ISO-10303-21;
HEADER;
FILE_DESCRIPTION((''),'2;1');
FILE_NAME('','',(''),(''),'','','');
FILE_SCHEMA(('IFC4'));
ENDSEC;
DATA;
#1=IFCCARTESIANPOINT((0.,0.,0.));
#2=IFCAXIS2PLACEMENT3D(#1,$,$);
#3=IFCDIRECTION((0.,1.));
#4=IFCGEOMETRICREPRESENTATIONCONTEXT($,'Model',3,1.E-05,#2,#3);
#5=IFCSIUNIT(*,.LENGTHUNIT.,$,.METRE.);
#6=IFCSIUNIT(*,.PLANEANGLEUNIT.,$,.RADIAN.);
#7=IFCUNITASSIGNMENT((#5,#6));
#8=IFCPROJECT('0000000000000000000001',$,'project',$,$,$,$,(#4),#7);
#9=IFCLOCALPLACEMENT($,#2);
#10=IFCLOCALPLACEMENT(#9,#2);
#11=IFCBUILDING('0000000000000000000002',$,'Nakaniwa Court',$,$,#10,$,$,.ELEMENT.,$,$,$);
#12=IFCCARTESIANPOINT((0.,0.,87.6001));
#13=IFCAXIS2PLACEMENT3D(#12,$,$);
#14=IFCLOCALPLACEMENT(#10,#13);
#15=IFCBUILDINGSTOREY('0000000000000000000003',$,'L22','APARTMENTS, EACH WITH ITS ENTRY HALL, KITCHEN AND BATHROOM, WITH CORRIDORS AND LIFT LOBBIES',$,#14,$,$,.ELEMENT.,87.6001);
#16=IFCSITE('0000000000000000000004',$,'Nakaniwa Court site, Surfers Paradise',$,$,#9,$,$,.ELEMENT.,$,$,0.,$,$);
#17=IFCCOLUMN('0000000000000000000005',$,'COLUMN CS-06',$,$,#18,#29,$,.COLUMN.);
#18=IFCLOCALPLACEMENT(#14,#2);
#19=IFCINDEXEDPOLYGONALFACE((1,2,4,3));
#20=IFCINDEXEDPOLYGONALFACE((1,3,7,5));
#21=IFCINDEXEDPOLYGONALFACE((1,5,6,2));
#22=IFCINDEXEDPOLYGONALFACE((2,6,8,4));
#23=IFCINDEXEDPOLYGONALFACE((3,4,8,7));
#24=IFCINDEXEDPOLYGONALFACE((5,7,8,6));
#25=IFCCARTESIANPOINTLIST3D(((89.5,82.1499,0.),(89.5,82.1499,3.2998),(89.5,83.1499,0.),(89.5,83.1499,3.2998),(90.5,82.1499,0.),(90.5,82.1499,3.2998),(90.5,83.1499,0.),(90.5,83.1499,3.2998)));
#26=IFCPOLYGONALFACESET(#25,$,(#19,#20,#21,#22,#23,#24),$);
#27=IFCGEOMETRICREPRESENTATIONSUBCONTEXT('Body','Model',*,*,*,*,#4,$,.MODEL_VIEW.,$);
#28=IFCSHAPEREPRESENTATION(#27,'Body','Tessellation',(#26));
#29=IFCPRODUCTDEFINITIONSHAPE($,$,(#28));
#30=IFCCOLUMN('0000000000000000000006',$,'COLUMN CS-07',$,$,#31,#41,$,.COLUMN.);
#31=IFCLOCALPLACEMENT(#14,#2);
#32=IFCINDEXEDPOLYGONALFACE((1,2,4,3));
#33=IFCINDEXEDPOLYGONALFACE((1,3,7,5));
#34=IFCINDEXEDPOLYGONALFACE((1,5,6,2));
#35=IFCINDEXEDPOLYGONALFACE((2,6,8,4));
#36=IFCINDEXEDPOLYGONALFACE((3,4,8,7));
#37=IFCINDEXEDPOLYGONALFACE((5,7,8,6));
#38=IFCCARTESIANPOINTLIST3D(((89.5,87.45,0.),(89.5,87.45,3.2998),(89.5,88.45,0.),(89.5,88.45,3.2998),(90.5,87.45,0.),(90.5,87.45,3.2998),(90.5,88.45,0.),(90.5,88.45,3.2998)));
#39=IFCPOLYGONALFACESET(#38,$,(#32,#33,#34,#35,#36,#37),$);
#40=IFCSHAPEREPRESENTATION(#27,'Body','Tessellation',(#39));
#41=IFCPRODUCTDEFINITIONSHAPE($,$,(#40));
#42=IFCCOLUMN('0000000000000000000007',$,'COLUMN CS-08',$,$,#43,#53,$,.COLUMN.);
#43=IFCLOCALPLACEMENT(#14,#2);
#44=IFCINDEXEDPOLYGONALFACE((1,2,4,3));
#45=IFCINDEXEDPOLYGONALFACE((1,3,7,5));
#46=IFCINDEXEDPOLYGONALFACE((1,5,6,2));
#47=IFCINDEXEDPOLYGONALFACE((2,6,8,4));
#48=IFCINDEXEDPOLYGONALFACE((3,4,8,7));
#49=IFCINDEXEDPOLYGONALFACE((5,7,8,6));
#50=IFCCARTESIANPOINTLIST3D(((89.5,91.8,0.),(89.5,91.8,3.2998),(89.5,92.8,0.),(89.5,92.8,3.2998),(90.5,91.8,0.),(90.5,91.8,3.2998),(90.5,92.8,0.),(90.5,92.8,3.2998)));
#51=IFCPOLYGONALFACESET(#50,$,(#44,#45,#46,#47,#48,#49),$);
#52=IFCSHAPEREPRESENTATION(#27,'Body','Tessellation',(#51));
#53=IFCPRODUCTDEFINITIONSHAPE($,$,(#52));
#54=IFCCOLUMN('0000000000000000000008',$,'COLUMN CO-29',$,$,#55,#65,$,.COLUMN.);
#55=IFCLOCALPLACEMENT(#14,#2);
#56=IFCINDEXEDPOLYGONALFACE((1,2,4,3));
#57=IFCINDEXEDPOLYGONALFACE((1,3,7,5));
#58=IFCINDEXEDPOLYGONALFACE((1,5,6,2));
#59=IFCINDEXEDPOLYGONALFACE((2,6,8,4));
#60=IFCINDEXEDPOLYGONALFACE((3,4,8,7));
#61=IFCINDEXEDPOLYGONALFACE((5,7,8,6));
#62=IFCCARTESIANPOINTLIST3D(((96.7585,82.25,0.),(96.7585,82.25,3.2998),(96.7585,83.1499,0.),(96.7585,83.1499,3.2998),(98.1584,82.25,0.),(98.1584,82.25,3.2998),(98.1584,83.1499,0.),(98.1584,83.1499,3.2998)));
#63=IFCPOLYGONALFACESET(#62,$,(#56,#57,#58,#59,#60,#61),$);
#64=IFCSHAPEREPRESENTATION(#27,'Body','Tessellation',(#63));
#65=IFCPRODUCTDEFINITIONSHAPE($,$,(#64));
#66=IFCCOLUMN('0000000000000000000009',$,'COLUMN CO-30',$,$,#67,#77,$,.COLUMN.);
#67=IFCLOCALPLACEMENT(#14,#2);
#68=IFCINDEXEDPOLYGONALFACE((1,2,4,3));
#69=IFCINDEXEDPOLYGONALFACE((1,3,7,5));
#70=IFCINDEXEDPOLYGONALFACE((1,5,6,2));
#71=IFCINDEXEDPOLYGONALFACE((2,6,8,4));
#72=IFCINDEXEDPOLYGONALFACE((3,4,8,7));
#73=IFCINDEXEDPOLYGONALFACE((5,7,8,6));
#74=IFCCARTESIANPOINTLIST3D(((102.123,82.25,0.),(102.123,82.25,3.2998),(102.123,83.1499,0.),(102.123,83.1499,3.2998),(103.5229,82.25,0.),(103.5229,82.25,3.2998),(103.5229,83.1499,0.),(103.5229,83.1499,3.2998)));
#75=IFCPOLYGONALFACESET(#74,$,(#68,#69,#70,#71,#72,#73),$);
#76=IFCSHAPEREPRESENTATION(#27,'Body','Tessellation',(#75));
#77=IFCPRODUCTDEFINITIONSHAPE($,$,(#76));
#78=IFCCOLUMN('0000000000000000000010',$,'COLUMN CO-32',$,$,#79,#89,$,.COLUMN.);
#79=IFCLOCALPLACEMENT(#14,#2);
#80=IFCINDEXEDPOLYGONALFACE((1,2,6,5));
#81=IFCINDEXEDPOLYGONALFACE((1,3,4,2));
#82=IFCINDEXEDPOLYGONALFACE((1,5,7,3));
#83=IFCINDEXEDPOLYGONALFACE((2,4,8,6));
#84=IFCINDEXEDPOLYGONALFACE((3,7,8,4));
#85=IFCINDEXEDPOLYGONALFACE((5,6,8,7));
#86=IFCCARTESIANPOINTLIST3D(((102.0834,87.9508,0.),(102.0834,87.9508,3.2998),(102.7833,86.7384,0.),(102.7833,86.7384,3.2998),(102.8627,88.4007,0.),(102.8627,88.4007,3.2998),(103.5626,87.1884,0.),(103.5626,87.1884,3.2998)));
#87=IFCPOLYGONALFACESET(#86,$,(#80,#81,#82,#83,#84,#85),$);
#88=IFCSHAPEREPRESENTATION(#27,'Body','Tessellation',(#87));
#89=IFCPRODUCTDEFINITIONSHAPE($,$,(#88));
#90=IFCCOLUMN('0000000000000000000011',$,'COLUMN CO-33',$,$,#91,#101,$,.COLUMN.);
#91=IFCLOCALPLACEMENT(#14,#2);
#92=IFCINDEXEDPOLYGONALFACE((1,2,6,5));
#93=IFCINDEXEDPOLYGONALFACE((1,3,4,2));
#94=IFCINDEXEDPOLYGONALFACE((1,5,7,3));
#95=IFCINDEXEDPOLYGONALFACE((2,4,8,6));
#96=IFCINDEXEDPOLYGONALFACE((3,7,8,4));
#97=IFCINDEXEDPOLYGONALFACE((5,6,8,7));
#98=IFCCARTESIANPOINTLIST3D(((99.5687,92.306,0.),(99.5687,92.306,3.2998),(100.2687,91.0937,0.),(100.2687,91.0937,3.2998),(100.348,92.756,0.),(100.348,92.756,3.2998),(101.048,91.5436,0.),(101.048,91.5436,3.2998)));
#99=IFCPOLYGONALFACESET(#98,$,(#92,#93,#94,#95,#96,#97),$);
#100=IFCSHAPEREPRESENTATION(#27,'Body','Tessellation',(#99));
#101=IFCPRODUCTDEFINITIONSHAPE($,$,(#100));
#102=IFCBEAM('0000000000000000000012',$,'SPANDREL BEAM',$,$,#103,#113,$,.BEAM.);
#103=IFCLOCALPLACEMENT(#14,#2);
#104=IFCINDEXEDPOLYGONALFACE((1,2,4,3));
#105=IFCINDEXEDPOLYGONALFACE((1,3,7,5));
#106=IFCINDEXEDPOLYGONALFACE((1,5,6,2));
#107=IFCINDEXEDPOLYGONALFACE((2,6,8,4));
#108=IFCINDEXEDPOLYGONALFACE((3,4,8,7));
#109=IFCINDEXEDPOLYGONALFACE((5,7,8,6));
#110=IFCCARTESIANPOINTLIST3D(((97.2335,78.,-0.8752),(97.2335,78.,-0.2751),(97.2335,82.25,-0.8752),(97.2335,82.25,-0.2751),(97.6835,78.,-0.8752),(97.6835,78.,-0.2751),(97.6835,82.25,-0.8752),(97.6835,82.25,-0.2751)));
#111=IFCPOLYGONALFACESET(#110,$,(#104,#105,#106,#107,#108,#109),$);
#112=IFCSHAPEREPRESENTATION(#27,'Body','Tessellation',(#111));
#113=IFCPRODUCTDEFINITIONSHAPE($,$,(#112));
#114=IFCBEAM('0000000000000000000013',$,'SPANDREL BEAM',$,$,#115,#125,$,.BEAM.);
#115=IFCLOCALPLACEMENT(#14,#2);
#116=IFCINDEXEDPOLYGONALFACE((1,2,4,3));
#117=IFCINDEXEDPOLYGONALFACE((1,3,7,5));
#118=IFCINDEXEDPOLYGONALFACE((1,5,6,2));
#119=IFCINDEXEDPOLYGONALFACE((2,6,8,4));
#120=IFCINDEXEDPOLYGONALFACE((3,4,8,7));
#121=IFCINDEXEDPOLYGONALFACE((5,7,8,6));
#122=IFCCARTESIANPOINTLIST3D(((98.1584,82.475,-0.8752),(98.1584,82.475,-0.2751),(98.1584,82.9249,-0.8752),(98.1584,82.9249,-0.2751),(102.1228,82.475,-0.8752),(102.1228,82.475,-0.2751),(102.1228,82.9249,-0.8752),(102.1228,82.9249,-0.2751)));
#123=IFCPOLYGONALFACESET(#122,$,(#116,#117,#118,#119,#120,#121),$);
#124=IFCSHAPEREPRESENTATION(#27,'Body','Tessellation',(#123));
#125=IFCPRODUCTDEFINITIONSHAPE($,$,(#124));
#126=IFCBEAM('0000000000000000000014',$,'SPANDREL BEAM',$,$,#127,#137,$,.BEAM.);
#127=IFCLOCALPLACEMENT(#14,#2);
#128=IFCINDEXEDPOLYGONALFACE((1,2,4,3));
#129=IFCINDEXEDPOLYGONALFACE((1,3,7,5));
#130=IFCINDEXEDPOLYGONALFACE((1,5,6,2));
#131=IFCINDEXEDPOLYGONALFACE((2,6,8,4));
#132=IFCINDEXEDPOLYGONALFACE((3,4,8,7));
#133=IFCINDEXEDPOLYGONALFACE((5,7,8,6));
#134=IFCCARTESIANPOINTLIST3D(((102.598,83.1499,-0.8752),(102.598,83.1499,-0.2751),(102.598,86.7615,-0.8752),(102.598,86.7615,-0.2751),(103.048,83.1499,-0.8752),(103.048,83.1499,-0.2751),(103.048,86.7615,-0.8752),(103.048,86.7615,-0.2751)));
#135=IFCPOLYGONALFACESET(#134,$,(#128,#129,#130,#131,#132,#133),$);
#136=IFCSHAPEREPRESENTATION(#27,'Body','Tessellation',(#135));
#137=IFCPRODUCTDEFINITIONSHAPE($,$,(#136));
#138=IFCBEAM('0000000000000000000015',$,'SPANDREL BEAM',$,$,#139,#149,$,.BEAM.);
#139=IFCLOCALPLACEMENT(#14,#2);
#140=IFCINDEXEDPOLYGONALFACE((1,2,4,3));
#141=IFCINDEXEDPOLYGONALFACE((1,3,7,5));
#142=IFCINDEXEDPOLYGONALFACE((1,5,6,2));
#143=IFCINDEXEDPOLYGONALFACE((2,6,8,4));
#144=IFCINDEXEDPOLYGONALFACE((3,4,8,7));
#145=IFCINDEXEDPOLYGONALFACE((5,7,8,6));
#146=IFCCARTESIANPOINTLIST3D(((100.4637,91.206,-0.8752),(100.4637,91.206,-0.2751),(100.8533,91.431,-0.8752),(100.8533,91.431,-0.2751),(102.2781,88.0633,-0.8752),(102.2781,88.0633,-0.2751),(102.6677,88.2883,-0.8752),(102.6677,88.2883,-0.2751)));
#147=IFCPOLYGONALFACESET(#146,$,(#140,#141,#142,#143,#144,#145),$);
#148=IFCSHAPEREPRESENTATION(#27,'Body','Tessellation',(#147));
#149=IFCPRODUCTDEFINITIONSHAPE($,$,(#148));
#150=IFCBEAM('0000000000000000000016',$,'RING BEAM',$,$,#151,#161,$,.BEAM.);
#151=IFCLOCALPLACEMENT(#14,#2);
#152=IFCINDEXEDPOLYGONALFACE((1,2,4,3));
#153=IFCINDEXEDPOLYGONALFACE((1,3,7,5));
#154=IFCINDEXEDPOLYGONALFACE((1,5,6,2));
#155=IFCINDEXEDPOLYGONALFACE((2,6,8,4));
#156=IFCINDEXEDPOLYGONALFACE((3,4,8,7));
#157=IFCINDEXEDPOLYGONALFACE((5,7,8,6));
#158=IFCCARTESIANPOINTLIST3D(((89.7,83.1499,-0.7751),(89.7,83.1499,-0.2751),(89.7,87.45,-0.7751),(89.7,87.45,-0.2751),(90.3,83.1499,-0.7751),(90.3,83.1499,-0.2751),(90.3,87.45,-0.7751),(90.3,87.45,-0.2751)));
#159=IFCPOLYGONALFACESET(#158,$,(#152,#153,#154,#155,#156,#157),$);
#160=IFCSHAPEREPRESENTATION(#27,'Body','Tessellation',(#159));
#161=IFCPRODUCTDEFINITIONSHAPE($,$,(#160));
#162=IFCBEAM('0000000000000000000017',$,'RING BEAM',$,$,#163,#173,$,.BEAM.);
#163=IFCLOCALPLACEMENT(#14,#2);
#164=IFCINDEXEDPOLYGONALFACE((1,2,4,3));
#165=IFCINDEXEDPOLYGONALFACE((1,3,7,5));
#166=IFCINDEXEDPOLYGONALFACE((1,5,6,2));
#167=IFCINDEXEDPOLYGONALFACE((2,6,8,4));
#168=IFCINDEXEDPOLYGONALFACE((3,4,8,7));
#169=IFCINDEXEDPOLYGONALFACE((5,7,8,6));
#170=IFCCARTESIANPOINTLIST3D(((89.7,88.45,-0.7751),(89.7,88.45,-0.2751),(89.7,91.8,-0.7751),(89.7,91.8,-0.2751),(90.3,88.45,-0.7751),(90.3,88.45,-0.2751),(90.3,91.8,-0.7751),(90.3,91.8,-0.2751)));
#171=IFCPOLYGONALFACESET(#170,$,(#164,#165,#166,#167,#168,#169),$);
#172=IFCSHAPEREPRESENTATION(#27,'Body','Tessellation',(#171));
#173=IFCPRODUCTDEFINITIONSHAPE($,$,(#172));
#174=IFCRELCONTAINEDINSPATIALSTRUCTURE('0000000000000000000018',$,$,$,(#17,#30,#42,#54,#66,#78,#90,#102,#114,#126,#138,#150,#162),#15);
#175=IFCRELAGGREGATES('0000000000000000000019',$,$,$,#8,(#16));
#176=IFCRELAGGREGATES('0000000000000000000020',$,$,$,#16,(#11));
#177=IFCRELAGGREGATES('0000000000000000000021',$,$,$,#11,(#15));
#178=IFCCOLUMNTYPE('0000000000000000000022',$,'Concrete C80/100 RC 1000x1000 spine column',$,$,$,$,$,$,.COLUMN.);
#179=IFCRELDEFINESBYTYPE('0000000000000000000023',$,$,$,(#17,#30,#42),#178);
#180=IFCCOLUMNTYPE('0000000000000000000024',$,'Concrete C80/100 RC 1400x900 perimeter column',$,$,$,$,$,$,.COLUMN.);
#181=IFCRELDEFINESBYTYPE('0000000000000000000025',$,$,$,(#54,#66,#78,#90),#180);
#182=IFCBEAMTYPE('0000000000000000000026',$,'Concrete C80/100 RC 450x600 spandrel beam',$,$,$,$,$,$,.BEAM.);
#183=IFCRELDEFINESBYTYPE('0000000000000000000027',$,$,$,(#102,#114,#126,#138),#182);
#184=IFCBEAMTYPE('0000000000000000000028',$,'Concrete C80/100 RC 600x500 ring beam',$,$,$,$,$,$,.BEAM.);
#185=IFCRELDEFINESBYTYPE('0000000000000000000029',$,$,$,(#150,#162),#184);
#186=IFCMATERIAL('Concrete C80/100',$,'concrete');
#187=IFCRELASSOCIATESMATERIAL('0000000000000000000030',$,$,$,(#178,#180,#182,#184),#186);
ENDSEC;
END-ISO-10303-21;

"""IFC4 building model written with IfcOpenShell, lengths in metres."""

from ifc_helpers import new_model, si_unit, direction, frame, origin, origin_2d, place, context, subcontext, project, spatial, rectangle, extrude, material, material_profile, profile_set, type_object, element, save


model = new_model("IFC4")

# Units and contexts
model_context = context("Model", 3, precision=1e-05, world=origin(), true_north=direction((0.0, 1.0)))
body_context = subcontext(model_context, "Body", "Model", "MODEL_VIEW")
ifc_project = project(units=[si_unit("LENGTHUNIT", "METRE"), si_unit("PLANEANGLEUNIT", "RADIAN")], contexts=[model_context])

# Site, building, storey
site_placement = place(None, origin())
site = spatial("IfcSite", under=ifc_project, at=site_placement, Name="Nakaniwa Court site, Surfers Paradise", CompositionType="ELEMENT", RefElevation=0.0)
building_placement = place(site_placement, origin())
building = spatial("IfcBuilding", under=site, at=building_placement, Name="Nakaniwa Court", CompositionType="ELEMENT")
storey_placement = place(building_placement, frame((0.0, 0.0, 87.6001)))
storey = spatial("IfcBuildingStorey", under=building, at=storey_placement, Name="L22", Description="APARTMENTS, EACH WITH ITS ENTRY HALL, KITCHEN AND BATHROOM, WITH CORRIDORS AND LIFT LOBBIES", CompositionType="ELEMENT", Elevation=87.6001)

# Columns
ifc_material_1 = material(Name="Concrete C80/100", Category="concrete")
ifc_material_profile_1 = material_profile(ifc_material_1, rectangle(XDim=1.0, YDim=1.0, at=origin_2d()), Name="Concrete C80/100 RC 1000x1000 spine column")
ifc_profile_set_1 = profile_set([ifc_material_profile_1], Name="Concrete C80/100")
column_type_1 = type_object("IfcColumnType", Name="Concrete C80/100 RC 1000x1000 spine column", PredefinedType="COLUMN", material=ifc_profile_set_1)
for number, where, z_axis, x_axis, name in (
    (1, (90.0, 82.6499, 0.0), (0.0, 0.0, 1.0), (0.0, 1.0, 0.0), "COLUMN CS-06"),
    (2, (90.0, 87.95, 0.0), (0.0, 0.0, 1.0), (0.0, 1.0, 0.0), "COLUMN CS-07"),
    (3, (90.0, 92.3, 0.0), (0.0, 0.0, 1.0), (0.0, 1.0, 0.0), "COLUMN CS-08"),
):
    element("IfcColumn", number, at=place(storey_placement, frame(where, z_axis=z_axis, x_axis=x_axis)), inside=storey, type_object=column_type_1, Name=name, PredefinedType="COLUMN", context=body_context, shape_type="SweptSolid", body=[
        extrude(rectangle(XDim=1.0, YDim=1.0, at=origin_2d()), origin(), (0.0, 0.0, 1.0), 3.2998),
    ])
ifc_material_profile_2 = material_profile(ifc_material_1, rectangle(XDim=1.3999, YDim=0.8999, at=origin_2d()), Name="Concrete C80/100 RC 1400x900 perimeter column")
ifc_profile_set_2 = profile_set([ifc_material_profile_2], Name="Concrete C80/100")
column_type_2 = type_object("IfcColumnType", Name="Concrete C80/100 RC 1400x900 perimeter column", PredefinedType="COLUMN", material=ifc_profile_set_2)
for number, where, z_axis, x_axis, name in (
    (4, (97.4585, 82.7, 0.0), (0.0, 0.0, 1.0), (1.0, 0.0, 0.0), "COLUMN CO-29"),
    (5, (102.823, 82.7, 0.0), (0.0, 0.0, 1.0), (1.0, 0.0, 0.0), "COLUMN CO-30"),
    (6, (102.823, 87.5696, 0.0), (0.0, 0.0, 1.0), (-0.5, 0.866025, 0.0), "COLUMN CO-32"),
    (7, (100.3083, 91.9248, 0.0), (0.0, 0.0, 1.0), (-0.5, 0.866025, 0.0), "COLUMN CO-33"),
):
    element("IfcColumn", number, at=place(storey_placement, frame(where, z_axis=z_axis, x_axis=x_axis)), inside=storey, type_object=column_type_2, Name=name, PredefinedType="COLUMN", context=body_context, shape_type="SweptSolid", body=[
        extrude(rectangle(XDim=1.3999, YDim=0.8999, at=origin_2d()), origin(), (0.0, 0.0, 1.0), 3.2998),
    ])

# Beams
ifc_material_profile_3 = material_profile(ifc_material_1, rectangle(XDim=0.45, YDim=0.6001, at=origin_2d()), Name="Concrete C80/100 RC 450x600 spandrel beam")
ifc_profile_set_3 = profile_set([ifc_material_profile_3], Name="Concrete C80/100")
beam_type_1 = type_object("IfcBeamType", Name="Concrete C80/100 RC 450x600 spandrel beam", PredefinedType="BEAM", material=ifc_profile_set_3)
beam_1_placement = place(storey_placement, frame((97.4585, 78.0, -0.5752), z_axis=(0.0, 1.0, 0.0), x_axis=(-1.0, 0.0, 0.0)))
element("IfcBeam", 8, at=beam_1_placement, inside=storey, type_object=beam_type_1, Name="SPANDREL BEAM", PredefinedType="BEAM", context=body_context, shape_type="SweptSolid", body=[
    extrude(rectangle(XDim=0.45, YDim=0.6001, at=origin_2d()), origin(), (0.0, 0.0, 1.0), 4.25),
])
beam_2_placement = place(storey_placement, frame((98.1584, 82.7, -0.5752), z_axis=(1.0, 0.0, 0.0), x_axis=(0.0, 1.0, 0.0)))
element("IfcBeam", 9, at=beam_2_placement, inside=storey, type_object=beam_type_1, Name="SPANDREL BEAM", PredefinedType="BEAM", context=body_context, shape_type="SweptSolid", body=[
    extrude(rectangle(XDim=0.45, YDim=0.6001, at=origin_2d()), origin(), (0.0, 0.0, 1.0), 3.9644),
])
beam_3_placement = place(storey_placement, frame((102.823, 83.1499, -0.5752), z_axis=(0.0, 1.0, 0.0), x_axis=(-1.0, 0.0, 0.0)))
element("IfcBeam", 10, at=beam_3_placement, inside=storey, type_object=beam_type_1, Name="SPANDREL BEAM", PredefinedType="BEAM", context=body_context, shape_type="SweptSolid", body=[
    extrude(rectangle(XDim=0.45, YDim=0.6001, at=origin_2d()), origin(), (0.0, 0.0, 1.0), 3.6116),
])
beam_4_placement = place(storey_placement, frame((102.4729, 88.1758, -0.5752), z_axis=(-0.499988, 0.866032, 0.0), x_axis=(-0.866032, -0.499988, 0.0)))
element("IfcBeam", 11, at=beam_4_placement, inside=storey, type_object=beam_type_1, Name="SPANDREL BEAM", PredefinedType="BEAM", context=body_context, shape_type="SweptSolid", body=[
    extrude(rectangle(XDim=0.45, YDim=0.6001, at=origin_2d()), origin(), (0.0, 0.0, 1.0), 3.6289),
])
ifc_material_profile_4 = material_profile(ifc_material_1, rectangle(XDim=0.6001, YDim=0.5, at=origin_2d()), Name="Concrete C80/100 RC 600x500 ring beam")
ifc_profile_set_4 = profile_set([ifc_material_profile_4], Name="Concrete C80/100")
beam_type_2 = type_object("IfcBeamType", Name="Concrete C80/100 RC 600x500 ring beam", PredefinedType="BEAM", material=ifc_profile_set_4)
beam_5_placement = place(storey_placement, frame((90.0, 83.1499, -0.5251), z_axis=(0.0, 1.0, 0.0), x_axis=(-1.0, 0.0, 0.0)))
element("IfcBeam", 12, at=beam_5_placement, inside=storey, type_object=beam_type_2, Name="RING BEAM", PredefinedType="BEAM", context=body_context, shape_type="SweptSolid", body=[
    extrude(rectangle(XDim=0.6001, YDim=0.5, at=origin_2d()), origin(), (0.0, 0.0, 1.0), 4.3),
])
beam_6_placement = place(storey_placement, frame((90.0, 88.45, -0.5251), z_axis=(0.0, 1.0, 0.0), x_axis=(-1.0, 0.0, 0.0)))
element("IfcBeam", 13, at=beam_6_placement, inside=storey, type_object=beam_type_2, Name="RING BEAM", PredefinedType="BEAM", context=body_context, shape_type="SweptSolid", body=[
    extrude(rectangle(XDim=0.6001, YDim=0.5, at=origin_2d()), origin(), (0.0, 0.0, 1.0), 3.3501),
])

save(model, "model.ifc")
